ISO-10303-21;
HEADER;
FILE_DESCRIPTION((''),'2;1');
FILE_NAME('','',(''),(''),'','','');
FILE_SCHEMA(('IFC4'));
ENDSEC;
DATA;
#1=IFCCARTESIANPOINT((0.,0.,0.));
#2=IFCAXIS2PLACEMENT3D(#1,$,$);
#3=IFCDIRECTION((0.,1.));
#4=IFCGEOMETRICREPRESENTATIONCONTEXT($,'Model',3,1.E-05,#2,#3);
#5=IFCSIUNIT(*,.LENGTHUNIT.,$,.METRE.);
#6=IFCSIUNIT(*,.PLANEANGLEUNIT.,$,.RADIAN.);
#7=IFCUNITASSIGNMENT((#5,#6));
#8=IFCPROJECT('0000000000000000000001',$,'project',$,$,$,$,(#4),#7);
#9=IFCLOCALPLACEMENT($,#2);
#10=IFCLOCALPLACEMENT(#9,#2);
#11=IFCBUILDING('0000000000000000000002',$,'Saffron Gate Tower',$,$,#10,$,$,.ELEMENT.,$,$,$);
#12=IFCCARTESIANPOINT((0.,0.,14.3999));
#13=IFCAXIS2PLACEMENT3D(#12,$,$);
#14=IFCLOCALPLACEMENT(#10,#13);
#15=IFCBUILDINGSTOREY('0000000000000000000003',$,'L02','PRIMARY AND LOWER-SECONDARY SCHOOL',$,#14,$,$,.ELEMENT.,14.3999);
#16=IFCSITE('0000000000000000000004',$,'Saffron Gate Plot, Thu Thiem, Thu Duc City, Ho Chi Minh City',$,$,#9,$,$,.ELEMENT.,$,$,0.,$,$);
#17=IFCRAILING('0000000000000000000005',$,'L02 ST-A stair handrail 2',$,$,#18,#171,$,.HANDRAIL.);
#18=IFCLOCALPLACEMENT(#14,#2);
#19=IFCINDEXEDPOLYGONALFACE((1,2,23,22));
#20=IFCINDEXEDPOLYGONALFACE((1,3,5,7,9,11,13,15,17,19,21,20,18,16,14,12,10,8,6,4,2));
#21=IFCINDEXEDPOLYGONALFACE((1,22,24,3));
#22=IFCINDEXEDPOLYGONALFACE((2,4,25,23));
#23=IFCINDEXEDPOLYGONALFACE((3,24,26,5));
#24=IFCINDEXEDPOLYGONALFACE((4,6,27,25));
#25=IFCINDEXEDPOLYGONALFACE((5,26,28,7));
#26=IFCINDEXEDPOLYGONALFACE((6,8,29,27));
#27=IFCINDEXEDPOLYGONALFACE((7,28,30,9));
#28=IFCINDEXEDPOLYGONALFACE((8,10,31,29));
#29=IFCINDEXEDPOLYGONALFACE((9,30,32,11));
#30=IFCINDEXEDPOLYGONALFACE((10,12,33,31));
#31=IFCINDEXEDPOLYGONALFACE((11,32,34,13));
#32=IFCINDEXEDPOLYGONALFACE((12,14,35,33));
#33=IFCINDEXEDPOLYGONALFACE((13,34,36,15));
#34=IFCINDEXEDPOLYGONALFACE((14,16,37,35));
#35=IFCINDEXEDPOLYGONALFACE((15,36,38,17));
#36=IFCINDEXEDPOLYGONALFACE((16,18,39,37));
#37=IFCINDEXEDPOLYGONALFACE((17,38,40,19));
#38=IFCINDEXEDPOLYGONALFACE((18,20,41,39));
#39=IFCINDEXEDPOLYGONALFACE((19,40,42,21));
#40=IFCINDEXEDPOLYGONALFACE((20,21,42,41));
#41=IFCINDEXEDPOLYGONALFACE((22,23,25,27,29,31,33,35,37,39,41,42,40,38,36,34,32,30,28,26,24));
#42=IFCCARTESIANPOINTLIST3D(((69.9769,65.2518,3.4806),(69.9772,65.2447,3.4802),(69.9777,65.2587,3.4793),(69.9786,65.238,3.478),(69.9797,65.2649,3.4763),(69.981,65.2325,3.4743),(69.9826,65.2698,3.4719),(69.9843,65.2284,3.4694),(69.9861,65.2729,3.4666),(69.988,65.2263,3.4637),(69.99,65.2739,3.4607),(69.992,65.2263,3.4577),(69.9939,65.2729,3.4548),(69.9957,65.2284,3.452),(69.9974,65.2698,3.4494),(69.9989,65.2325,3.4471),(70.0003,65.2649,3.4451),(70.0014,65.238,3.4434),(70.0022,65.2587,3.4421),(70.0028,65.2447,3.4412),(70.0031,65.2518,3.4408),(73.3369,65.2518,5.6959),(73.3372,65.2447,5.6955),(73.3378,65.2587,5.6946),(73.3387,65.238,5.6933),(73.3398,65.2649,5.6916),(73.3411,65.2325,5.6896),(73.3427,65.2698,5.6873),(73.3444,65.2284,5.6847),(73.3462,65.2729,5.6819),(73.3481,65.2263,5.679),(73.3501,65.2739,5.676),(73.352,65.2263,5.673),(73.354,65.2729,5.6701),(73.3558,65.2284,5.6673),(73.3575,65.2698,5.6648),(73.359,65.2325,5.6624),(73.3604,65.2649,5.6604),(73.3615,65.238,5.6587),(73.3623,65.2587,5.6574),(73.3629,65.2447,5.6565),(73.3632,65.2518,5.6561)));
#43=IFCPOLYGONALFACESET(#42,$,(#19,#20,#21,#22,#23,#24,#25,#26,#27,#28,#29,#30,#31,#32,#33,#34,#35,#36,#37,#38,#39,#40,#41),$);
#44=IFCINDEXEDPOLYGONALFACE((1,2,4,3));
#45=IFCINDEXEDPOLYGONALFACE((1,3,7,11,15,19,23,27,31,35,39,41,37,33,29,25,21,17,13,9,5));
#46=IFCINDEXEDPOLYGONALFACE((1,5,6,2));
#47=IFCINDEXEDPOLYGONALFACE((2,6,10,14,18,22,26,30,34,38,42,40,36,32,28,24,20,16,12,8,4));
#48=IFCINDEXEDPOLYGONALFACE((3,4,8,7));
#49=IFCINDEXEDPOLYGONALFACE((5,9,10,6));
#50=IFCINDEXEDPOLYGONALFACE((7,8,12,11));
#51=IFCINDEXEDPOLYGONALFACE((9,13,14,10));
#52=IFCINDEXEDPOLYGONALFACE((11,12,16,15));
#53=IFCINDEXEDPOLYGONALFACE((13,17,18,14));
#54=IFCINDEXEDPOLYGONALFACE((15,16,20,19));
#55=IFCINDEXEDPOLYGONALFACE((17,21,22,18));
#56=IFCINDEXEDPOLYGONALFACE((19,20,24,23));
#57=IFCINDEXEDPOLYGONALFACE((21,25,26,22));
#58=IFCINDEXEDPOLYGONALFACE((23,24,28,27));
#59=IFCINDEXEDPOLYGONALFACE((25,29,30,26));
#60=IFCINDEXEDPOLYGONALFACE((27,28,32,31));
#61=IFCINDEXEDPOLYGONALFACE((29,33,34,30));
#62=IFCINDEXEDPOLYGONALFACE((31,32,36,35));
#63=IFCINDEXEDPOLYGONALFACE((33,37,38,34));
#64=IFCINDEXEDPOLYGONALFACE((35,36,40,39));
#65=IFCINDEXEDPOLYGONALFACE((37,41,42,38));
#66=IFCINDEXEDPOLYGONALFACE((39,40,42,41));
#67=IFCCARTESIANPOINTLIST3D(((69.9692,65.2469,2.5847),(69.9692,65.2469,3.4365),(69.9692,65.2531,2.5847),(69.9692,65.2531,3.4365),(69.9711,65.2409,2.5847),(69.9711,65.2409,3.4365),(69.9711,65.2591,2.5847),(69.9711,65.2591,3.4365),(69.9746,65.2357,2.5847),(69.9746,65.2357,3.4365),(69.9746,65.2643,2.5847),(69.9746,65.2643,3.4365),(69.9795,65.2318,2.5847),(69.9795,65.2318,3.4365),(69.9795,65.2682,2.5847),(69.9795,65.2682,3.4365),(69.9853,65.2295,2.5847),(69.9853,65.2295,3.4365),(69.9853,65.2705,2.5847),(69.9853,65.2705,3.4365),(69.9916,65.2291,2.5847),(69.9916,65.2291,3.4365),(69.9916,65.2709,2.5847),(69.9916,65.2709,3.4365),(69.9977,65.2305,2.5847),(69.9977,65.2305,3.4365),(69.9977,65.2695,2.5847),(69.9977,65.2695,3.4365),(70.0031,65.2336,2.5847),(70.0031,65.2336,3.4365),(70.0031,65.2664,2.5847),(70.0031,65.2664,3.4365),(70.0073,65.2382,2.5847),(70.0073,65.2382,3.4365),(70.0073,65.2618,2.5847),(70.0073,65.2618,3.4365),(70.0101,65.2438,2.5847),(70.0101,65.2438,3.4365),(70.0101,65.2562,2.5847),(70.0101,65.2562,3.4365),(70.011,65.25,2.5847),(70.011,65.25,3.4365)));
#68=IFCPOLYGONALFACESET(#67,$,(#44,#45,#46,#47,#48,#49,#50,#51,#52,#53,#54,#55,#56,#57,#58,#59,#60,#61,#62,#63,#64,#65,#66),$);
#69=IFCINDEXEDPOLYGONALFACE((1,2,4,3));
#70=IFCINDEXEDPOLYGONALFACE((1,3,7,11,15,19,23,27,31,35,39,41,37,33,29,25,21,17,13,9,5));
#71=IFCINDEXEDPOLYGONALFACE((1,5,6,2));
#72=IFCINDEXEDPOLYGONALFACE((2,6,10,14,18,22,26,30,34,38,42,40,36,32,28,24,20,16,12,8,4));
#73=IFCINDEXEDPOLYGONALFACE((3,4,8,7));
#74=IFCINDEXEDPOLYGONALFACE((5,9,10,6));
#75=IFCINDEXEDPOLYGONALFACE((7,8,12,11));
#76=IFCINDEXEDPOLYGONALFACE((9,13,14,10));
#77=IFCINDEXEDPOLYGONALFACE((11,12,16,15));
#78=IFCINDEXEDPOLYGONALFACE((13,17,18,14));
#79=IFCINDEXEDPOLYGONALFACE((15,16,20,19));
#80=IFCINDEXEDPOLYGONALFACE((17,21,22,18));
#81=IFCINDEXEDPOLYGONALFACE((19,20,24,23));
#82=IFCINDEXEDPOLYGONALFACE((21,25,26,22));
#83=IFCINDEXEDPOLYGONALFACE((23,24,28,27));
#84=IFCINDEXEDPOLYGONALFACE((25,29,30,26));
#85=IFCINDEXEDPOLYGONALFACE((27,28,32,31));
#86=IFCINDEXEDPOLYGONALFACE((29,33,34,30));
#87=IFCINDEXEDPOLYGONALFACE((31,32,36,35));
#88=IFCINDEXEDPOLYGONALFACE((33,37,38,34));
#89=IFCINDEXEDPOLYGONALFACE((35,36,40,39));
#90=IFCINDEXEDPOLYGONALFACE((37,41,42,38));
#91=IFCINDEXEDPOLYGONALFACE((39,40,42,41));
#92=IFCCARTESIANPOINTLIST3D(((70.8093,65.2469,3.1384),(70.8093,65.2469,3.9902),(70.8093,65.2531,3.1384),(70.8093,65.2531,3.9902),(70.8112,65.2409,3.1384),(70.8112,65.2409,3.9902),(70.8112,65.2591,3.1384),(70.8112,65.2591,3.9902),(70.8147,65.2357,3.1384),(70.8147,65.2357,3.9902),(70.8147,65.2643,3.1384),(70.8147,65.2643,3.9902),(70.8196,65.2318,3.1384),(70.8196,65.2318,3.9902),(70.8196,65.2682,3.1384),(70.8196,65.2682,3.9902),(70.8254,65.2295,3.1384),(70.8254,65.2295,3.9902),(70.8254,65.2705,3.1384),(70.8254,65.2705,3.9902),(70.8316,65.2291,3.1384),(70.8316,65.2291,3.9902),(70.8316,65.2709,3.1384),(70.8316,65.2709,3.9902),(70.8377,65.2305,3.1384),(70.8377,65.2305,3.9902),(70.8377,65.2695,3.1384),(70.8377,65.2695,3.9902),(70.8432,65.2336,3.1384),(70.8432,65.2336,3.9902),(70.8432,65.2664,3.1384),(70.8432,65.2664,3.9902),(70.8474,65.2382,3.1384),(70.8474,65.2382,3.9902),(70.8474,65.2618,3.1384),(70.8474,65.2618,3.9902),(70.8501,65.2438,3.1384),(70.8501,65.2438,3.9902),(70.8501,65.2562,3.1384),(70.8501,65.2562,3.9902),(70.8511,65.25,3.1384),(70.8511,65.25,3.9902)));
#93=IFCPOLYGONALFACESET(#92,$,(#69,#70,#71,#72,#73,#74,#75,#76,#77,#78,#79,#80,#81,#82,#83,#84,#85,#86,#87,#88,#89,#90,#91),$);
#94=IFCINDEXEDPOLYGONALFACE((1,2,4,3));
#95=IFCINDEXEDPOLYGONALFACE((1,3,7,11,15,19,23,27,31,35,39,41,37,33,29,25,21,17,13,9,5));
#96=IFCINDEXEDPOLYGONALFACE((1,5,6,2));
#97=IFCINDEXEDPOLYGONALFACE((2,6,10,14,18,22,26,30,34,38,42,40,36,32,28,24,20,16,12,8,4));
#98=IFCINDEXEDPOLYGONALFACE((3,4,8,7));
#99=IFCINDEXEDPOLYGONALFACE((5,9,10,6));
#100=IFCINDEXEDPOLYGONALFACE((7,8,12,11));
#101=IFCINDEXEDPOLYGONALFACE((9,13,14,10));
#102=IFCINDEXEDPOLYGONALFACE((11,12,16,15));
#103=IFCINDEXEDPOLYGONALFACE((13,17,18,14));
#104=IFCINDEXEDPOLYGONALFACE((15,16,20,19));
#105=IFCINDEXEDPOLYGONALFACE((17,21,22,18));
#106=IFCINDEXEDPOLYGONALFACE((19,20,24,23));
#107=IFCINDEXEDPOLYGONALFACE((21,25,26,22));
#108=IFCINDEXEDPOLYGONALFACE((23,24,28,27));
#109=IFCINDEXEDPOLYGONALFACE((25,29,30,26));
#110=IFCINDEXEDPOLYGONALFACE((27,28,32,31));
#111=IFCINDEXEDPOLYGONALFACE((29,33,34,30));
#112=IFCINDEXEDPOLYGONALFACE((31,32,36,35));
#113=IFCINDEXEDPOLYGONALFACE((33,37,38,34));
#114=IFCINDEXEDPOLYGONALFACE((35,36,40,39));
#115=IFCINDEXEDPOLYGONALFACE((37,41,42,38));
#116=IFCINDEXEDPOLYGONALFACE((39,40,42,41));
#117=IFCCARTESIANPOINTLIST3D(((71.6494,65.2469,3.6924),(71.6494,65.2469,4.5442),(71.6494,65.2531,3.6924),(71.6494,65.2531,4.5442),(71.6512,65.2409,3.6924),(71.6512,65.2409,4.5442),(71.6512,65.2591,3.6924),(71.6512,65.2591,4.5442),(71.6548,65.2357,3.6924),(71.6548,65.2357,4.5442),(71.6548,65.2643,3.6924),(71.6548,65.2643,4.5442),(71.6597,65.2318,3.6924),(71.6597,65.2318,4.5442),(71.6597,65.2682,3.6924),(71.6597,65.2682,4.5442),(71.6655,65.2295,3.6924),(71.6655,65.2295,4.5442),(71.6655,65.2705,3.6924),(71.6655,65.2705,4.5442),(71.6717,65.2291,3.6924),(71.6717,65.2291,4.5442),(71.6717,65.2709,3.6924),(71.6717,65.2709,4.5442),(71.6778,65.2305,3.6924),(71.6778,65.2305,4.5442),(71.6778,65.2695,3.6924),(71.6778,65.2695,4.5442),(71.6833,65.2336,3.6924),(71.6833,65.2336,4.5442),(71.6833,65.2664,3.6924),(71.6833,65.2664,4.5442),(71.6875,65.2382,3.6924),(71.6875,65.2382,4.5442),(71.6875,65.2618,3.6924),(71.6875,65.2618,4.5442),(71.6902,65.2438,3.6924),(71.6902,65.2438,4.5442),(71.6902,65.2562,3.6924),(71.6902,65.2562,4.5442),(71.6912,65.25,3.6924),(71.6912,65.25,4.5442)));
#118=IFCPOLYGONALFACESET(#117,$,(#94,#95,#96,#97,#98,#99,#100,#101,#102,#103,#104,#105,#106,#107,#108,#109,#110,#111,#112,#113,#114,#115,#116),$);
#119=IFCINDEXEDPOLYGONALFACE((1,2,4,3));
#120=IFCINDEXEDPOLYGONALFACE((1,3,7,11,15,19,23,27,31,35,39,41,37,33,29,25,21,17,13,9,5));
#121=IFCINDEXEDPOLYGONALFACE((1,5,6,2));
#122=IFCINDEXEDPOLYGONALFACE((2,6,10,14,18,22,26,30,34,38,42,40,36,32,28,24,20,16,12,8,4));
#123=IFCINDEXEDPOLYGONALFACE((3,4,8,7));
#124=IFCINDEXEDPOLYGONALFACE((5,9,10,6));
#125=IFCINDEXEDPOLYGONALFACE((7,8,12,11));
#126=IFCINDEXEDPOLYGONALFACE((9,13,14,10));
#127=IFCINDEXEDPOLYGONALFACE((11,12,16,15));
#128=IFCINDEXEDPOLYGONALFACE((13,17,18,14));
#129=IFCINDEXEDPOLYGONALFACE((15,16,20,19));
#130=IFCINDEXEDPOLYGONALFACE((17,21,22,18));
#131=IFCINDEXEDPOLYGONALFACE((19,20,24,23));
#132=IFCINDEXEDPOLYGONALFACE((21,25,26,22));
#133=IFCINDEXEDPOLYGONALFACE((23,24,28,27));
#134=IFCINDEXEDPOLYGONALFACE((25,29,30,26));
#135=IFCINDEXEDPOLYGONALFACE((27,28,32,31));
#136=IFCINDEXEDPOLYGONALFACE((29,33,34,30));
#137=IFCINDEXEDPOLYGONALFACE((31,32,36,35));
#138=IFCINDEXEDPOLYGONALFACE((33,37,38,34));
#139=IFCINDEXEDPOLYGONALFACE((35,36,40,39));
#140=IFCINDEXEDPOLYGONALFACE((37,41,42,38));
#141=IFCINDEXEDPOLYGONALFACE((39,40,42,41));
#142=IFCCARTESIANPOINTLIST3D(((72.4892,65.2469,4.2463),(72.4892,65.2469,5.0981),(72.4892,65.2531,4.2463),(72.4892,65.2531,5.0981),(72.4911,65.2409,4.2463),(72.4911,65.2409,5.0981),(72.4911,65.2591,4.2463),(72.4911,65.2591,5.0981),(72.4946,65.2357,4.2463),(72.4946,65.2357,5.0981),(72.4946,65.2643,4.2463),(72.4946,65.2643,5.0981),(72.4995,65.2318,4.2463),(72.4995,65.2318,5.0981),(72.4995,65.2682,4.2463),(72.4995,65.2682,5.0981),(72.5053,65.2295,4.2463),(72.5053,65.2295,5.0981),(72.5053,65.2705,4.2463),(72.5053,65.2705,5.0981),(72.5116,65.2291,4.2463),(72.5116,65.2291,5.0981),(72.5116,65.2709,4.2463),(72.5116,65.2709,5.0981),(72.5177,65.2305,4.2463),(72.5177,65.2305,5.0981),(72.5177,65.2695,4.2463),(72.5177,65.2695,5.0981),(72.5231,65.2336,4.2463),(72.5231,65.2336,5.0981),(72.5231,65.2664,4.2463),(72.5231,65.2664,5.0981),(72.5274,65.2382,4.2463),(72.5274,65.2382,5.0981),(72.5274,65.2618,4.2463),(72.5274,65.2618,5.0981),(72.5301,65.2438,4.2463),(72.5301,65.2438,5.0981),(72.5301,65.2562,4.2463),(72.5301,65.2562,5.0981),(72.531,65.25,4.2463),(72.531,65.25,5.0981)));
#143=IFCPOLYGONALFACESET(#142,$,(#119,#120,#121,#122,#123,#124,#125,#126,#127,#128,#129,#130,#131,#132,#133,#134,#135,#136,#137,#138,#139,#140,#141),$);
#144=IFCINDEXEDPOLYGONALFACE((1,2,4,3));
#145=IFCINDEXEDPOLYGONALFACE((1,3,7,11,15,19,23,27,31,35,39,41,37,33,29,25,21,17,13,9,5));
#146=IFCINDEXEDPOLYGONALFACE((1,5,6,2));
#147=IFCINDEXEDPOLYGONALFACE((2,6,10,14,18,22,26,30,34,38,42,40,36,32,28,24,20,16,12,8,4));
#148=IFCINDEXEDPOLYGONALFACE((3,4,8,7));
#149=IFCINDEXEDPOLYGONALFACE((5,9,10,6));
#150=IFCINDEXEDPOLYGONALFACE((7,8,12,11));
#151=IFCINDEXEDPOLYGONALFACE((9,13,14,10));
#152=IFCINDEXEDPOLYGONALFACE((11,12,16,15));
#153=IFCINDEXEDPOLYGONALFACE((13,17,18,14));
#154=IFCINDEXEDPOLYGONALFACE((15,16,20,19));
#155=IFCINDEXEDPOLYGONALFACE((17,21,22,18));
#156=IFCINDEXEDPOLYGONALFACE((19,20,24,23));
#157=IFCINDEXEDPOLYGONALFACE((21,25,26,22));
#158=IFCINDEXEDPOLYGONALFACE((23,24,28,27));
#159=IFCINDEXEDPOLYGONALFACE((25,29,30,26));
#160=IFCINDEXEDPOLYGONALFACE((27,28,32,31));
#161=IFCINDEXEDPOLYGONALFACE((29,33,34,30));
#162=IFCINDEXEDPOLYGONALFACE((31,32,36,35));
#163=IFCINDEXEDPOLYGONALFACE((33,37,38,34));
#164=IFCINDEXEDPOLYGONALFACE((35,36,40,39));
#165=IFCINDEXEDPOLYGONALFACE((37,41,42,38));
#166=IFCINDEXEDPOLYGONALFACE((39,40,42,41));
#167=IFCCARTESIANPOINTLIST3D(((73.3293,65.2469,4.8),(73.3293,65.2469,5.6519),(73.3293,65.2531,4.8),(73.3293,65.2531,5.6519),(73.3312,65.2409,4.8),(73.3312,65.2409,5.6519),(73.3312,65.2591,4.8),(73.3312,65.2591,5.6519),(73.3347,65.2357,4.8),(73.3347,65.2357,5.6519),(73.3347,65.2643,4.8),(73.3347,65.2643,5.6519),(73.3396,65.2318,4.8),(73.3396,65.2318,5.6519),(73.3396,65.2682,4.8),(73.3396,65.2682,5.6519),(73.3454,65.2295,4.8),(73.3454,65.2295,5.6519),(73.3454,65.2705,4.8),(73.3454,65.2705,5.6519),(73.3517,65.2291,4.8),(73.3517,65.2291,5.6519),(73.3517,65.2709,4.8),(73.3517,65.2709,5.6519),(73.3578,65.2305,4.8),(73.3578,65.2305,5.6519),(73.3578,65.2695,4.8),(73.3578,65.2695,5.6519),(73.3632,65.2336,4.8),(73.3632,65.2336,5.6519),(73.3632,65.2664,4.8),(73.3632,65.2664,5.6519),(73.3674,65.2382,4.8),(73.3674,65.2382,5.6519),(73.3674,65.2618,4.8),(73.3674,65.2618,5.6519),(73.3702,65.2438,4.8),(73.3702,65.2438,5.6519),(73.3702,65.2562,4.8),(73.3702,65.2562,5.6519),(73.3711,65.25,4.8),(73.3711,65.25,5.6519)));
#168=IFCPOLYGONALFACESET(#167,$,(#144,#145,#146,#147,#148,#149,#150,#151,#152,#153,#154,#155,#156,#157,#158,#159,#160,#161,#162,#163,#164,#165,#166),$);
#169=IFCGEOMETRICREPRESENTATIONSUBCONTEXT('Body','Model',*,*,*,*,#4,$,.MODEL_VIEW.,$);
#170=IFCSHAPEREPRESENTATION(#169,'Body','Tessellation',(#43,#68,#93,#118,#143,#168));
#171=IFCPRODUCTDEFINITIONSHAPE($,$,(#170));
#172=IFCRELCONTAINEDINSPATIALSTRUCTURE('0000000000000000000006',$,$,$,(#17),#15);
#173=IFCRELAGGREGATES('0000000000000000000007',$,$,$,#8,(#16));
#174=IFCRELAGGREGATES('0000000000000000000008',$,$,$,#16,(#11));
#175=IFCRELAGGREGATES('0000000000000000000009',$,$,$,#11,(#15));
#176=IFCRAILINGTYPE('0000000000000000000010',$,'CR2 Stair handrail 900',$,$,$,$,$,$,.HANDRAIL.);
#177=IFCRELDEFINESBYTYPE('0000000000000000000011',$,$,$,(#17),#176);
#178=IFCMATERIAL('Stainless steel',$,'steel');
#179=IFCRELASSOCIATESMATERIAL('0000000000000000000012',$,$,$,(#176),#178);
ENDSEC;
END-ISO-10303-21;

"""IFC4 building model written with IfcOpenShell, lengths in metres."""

from ifc_helpers import new_model, si_unit, direction, frame, origin, origin_2d, place, context, subcontext, project, spatial, circle, extrude, material, type_object, element, save


model = new_model("IFC4")

# Units and contexts
model_context = context("Model", 3, precision=1e-05, world=origin(), true_north=direction((0.0, 1.0)))
body_context = subcontext(model_context, "Body", "Model", "MODEL_VIEW")
ifc_project = project(units=[si_unit("LENGTHUNIT", "METRE"), si_unit("PLANEANGLEUNIT", "RADIAN")], contexts=[model_context])

# Site, building, storey
site_placement = place(None, origin())
site = spatial("IfcSite", under=ifc_project, at=site_placement, Name="Saffron Gate Plot, Thu Thiem, Thu Duc City, Ho Chi Minh City", CompositionType="ELEMENT", RefElevation=0.0)
building_placement = place(site_placement, origin())
building = spatial("IfcBuilding", under=site, at=building_placement, Name="Saffron Gate Tower", CompositionType="ELEMENT")
storey_placement = place(building_placement, frame((0.0, 0.0, 14.3999)))
storey = spatial("IfcBuildingStorey", under=building, at=storey_placement, Name="L02", Description="PRIMARY AND LOWER-SECONDARY SCHOOL", CompositionType="ELEMENT", Elevation=14.3999)

# Railing
ifc_material_1 = material(Name="Stainless steel", Category="steel")
railing_type = type_object("IfcRailingType", Name="CR2 Stair handrail 900", PredefinedType="HANDRAIL", material=ifc_material_1)
railing_placement = place(storey_placement, frame((69.99, 65.25, 2.5847)))
element("IfcRailing", 1, at=railing_placement, inside=storey, type_object=railing_type, Name="L02 ST-A stair handrail 2", PredefinedType="HANDRAIL", context=body_context, shape_type="SweptSolid", body=[
    extrude(circle(Radius=0.0239, at=origin_2d()), frame((0.0, 0.0, 0.876), z_axis=(0.834876, 0.0, 0.550437), x_axis=(0.0, 1.0, 0.0)), (0.0, 0.0, 1.0), 4.0247),
    extrude(circle(Radius=0.021, at=origin_2d()), origin(), (0.0, 0.0, 1.0), 0.8518),
    extrude(circle(Radius=0.021, at=origin_2d()), frame((0.8401, 0.0, 0.5537)), (0.0, 0.0, 1.0), 0.8518),
    extrude(circle(Radius=0.021, at=origin_2d()), frame((1.6802, 0.0, 1.1077)), (0.0, 0.0, 1.0), 0.8518),
    extrude(circle(Radius=0.021, at=origin_2d()), frame((2.52, 0.0, 1.6616)), (0.0, 0.0, 1.0), 0.8518),
    extrude(circle(Radius=0.021, at=origin_2d()), frame((3.3601, 0.0, 2.2153)), (0.0, 0.0, 1.0), 0.8518),
])

save(model, "model.ifc")
